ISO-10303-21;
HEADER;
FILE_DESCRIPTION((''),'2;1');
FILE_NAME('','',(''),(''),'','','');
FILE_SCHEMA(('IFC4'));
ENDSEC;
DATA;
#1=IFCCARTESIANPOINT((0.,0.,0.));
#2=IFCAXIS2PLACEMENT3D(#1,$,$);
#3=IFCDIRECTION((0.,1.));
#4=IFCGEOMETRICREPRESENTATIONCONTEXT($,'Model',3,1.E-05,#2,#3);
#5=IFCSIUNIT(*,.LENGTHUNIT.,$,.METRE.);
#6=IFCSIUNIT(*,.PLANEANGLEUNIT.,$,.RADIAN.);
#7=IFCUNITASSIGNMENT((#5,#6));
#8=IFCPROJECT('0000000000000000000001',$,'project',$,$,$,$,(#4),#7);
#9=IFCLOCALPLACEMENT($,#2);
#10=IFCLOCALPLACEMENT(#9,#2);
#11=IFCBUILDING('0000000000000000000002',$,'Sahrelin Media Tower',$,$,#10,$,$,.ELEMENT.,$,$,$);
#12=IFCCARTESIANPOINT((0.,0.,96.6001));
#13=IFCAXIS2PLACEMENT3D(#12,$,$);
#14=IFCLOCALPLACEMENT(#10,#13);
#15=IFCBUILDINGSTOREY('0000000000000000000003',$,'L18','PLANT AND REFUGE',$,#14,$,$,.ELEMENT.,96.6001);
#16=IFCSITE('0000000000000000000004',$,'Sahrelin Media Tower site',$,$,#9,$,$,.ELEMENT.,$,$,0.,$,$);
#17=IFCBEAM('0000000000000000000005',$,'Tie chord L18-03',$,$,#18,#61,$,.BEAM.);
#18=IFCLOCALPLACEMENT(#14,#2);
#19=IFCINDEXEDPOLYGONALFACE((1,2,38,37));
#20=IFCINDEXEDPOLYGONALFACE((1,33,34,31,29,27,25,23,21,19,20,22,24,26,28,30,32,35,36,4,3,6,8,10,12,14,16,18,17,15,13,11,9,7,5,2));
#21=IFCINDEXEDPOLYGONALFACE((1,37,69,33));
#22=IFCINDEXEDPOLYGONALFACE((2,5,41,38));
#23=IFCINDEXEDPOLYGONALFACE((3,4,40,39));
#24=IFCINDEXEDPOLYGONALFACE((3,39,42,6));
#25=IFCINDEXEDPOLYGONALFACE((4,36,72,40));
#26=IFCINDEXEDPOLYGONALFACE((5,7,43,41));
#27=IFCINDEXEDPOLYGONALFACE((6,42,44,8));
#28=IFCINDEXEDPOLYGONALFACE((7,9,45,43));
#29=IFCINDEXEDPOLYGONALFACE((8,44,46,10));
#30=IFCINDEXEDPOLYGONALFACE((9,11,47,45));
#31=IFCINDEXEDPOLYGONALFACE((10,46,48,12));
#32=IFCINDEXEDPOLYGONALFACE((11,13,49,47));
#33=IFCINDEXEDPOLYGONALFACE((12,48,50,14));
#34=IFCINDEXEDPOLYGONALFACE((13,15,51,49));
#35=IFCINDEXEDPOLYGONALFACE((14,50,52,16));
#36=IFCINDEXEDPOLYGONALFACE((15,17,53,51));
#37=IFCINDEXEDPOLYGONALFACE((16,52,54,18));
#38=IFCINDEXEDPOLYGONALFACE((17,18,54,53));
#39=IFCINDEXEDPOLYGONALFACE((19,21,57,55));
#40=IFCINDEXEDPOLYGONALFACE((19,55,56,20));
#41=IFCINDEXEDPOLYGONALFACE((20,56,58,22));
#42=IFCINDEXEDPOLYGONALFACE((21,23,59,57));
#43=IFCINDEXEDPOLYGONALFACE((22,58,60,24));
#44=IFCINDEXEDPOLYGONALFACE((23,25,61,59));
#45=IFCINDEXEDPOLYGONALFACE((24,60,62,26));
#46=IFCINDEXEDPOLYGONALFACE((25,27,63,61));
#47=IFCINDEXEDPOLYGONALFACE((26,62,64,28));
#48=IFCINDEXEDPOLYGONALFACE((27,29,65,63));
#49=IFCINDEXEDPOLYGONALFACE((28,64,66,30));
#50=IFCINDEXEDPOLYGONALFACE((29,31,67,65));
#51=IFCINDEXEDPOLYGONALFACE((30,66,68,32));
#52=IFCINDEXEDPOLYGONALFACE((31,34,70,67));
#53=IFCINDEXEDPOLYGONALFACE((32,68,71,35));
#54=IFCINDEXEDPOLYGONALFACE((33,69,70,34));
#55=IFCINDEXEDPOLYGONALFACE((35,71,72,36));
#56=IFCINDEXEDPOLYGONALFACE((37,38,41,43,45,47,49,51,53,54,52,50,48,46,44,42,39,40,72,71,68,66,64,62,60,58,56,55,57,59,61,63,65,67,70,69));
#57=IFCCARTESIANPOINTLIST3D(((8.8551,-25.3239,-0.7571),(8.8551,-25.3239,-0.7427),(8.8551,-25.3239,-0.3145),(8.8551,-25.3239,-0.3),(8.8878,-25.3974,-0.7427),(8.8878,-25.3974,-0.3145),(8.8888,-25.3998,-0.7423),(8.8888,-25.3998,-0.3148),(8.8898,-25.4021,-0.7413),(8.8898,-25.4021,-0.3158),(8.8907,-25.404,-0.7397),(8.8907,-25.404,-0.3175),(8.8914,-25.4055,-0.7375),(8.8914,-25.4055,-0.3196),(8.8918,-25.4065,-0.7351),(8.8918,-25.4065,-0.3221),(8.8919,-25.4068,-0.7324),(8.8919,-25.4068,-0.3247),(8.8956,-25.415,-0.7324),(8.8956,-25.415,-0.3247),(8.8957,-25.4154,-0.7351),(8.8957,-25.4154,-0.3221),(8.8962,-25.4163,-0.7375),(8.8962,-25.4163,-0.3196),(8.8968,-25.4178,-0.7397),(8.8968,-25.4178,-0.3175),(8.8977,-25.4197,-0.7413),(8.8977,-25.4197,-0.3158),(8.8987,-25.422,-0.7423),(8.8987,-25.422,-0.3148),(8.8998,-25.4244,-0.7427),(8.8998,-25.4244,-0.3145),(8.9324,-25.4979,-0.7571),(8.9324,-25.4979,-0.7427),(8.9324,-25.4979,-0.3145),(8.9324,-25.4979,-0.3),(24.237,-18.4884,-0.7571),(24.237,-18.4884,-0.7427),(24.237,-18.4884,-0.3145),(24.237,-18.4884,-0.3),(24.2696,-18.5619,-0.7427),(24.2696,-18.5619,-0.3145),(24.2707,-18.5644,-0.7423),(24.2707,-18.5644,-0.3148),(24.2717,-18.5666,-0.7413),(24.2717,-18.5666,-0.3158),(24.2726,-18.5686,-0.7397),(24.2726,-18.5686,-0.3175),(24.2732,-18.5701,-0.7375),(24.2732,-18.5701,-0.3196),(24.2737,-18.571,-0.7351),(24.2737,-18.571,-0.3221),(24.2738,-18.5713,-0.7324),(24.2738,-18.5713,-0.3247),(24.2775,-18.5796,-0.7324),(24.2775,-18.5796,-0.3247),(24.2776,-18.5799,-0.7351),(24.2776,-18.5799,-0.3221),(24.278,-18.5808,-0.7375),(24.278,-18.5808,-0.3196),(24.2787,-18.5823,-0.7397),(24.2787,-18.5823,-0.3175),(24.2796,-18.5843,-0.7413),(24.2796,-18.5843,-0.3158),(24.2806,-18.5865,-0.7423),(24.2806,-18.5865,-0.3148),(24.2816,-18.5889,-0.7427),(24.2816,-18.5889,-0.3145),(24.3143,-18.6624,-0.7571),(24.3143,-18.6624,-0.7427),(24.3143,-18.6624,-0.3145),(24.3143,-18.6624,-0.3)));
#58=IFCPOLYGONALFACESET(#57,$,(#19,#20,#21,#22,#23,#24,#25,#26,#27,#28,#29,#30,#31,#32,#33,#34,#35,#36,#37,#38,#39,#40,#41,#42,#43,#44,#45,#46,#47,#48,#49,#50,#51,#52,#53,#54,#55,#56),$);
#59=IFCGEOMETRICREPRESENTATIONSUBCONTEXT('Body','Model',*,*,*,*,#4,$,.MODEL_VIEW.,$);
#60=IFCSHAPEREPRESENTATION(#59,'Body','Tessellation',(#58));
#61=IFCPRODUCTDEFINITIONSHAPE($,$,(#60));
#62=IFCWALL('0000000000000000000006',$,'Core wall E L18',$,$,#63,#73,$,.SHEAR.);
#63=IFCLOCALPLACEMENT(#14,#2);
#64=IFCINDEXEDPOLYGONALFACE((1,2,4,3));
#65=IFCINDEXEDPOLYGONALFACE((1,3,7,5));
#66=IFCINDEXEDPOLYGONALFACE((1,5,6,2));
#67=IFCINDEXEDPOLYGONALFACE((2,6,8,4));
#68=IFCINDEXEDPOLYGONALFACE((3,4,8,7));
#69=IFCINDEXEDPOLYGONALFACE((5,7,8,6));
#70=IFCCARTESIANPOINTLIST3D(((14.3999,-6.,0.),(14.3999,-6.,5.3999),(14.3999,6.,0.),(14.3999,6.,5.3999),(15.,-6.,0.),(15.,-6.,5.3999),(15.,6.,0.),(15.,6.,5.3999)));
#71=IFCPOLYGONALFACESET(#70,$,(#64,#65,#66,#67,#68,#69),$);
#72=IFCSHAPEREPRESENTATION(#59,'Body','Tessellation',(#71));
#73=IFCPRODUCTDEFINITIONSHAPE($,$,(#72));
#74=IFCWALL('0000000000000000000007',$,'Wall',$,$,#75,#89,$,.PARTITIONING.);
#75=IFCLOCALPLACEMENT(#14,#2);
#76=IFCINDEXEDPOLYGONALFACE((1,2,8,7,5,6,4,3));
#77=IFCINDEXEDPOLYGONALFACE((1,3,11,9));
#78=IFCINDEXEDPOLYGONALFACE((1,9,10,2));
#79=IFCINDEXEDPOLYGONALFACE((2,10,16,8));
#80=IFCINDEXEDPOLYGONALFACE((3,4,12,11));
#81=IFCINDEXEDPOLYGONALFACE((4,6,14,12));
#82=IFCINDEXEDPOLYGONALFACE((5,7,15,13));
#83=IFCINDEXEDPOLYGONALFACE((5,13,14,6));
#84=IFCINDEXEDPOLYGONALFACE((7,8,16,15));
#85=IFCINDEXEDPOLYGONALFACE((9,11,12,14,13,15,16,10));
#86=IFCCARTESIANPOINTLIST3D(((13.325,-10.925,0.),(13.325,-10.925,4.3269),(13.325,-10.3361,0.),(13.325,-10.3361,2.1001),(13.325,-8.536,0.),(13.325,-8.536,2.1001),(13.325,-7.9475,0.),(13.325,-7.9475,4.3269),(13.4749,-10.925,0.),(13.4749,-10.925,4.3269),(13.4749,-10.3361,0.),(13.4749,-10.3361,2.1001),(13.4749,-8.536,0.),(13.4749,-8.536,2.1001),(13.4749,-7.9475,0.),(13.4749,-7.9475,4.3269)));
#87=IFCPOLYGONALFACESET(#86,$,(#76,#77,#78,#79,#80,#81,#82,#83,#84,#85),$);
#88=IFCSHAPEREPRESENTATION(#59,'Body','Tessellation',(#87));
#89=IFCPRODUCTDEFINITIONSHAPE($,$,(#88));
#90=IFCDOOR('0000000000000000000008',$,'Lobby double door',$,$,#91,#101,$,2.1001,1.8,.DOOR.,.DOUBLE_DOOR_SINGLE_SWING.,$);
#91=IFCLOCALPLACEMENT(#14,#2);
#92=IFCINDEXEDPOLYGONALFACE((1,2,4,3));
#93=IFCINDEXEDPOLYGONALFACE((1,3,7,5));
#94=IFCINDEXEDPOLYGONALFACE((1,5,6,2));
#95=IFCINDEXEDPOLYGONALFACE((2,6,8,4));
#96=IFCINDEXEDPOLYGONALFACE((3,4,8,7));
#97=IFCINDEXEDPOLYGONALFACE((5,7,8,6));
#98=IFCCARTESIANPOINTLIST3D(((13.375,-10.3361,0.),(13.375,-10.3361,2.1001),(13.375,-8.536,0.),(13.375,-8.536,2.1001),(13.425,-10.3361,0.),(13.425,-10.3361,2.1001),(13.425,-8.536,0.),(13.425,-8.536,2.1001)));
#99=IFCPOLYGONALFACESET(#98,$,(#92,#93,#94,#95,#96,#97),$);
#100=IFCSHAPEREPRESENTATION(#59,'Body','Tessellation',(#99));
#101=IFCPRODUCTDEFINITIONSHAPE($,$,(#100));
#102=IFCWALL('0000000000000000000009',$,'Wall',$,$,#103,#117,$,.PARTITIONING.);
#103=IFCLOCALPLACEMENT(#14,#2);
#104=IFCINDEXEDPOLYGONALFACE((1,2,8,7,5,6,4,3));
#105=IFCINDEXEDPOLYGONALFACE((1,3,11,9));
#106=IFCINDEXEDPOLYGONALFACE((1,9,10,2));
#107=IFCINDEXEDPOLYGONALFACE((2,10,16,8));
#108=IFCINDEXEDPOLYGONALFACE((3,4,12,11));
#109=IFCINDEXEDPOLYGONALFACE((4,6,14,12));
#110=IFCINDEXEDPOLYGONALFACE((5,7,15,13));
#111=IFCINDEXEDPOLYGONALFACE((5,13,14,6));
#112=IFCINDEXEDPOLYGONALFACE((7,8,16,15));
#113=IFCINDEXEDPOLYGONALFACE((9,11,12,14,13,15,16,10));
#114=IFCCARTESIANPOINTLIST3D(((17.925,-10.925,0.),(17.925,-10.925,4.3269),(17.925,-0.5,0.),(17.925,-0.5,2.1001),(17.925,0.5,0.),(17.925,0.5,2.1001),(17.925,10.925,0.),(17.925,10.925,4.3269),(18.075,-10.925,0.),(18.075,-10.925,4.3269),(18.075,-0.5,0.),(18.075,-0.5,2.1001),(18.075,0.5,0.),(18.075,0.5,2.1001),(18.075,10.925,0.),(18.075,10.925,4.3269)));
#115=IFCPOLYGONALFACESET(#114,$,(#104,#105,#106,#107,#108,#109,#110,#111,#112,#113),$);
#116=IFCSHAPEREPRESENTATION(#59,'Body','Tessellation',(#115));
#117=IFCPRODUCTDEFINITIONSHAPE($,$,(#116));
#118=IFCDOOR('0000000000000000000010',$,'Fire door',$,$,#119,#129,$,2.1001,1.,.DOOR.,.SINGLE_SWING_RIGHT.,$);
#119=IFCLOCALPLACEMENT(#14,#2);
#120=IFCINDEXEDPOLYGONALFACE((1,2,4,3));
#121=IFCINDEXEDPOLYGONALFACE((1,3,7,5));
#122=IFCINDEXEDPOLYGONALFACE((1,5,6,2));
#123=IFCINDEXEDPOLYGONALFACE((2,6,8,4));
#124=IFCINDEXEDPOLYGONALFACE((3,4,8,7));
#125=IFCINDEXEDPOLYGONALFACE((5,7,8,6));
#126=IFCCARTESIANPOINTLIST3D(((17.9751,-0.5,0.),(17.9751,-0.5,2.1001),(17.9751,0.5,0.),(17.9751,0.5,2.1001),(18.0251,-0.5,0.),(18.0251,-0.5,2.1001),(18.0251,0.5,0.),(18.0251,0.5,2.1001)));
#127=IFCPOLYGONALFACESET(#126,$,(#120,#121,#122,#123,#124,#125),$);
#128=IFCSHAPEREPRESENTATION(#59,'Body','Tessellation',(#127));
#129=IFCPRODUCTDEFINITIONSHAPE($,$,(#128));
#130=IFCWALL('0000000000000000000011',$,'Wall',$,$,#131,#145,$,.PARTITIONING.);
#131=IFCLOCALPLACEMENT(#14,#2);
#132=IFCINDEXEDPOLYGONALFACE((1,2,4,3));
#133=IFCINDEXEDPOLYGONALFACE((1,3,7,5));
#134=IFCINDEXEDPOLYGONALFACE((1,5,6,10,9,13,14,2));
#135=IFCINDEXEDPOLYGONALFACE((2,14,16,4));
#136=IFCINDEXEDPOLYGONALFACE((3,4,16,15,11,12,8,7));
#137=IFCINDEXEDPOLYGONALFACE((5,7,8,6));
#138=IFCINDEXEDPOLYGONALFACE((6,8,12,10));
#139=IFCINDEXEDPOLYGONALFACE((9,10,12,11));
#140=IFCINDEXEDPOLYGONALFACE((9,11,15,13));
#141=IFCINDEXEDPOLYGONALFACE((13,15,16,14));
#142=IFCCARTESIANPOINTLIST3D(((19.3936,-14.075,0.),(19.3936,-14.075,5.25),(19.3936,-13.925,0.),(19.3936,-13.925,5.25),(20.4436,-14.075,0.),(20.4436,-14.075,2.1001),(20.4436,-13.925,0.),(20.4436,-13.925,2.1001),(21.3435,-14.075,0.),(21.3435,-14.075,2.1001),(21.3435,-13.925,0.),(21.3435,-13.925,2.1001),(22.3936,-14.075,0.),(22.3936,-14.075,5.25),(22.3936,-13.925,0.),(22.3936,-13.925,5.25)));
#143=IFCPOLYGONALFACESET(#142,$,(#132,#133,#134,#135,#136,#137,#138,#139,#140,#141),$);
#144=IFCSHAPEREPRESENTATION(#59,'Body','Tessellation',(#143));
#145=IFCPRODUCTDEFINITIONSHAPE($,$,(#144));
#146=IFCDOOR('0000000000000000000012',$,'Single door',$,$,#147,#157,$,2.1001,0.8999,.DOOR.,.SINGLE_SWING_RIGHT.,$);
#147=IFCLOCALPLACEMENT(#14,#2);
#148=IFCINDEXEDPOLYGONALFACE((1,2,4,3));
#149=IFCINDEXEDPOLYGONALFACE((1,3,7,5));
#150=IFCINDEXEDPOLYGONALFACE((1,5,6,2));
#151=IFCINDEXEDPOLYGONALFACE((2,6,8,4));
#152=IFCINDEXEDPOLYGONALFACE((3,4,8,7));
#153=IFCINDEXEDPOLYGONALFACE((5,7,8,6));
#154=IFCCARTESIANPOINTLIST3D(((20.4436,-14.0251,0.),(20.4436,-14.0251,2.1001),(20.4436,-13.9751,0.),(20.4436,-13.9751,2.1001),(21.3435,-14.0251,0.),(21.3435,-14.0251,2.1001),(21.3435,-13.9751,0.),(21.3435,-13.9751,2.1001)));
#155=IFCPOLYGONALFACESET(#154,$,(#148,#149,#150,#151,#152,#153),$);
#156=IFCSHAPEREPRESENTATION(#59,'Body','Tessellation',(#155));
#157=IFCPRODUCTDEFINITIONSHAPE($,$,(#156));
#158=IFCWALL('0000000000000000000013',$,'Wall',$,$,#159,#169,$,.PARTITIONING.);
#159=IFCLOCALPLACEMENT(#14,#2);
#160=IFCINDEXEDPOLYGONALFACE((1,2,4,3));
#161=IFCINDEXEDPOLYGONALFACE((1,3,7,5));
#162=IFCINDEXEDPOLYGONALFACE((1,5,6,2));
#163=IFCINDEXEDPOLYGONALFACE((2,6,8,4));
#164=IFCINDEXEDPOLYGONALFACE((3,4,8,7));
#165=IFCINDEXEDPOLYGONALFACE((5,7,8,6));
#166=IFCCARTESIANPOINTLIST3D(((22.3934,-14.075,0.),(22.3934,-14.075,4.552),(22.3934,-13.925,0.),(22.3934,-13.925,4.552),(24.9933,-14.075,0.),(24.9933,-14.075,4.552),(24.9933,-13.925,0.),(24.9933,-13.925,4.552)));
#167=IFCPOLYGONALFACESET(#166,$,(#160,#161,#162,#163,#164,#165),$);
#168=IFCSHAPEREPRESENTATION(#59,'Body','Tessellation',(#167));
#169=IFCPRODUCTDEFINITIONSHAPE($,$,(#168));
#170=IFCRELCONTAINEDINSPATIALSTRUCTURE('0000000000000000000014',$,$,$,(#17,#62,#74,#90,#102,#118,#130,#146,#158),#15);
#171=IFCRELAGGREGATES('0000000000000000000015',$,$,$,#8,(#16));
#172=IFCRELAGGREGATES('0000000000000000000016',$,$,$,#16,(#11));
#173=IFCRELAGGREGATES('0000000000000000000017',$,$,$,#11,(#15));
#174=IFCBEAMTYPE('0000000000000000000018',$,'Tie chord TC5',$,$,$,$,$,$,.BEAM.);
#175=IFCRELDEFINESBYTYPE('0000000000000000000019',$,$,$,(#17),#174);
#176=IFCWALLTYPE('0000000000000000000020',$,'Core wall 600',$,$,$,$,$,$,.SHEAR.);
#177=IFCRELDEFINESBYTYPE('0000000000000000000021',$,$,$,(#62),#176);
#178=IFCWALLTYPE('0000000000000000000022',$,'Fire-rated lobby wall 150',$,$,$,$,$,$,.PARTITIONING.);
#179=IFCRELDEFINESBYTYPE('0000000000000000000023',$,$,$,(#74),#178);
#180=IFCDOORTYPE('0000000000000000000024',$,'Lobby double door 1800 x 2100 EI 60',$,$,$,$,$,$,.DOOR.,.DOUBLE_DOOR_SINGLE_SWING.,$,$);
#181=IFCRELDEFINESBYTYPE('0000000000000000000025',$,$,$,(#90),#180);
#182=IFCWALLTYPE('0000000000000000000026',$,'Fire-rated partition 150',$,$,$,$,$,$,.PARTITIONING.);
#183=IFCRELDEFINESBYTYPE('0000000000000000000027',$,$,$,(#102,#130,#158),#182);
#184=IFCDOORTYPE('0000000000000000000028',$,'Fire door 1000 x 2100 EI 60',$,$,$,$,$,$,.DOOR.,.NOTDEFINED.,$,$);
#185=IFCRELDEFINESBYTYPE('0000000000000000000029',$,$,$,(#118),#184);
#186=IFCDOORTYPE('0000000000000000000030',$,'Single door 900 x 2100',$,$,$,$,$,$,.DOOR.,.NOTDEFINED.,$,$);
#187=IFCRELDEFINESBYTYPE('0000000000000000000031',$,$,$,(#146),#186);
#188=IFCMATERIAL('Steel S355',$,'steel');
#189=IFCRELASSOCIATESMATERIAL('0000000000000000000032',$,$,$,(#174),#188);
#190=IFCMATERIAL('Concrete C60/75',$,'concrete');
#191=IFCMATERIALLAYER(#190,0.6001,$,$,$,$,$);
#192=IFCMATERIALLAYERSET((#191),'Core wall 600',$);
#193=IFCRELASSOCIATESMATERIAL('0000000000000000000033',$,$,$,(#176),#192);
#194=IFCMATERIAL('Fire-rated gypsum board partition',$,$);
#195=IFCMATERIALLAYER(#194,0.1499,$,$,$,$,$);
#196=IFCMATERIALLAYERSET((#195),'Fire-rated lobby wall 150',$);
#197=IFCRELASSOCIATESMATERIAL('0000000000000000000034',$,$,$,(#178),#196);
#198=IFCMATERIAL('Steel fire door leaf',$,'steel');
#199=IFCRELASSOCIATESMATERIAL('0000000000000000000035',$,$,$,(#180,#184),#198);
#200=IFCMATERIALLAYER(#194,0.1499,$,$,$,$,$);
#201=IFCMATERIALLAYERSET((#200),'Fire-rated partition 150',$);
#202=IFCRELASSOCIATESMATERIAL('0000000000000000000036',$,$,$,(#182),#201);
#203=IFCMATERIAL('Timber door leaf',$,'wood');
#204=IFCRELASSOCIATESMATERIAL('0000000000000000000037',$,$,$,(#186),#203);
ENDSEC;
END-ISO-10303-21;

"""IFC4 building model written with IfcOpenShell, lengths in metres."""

from ifc_helpers import new_model, si_unit, direction, frame, frame_2d, origin, origin_2d, place, context, subcontext, project, spatial, rectangle, i_section, extrude, material, layer, layer_set, material_profile, profile_set, type_object, element, fill, save


model = new_model("IFC4")

# Units and contexts
model_context = context("Model", 3, precision=1e-05, world=origin(), true_north=direction((0.0, 1.0)))
body_context = subcontext(model_context, "Body", "Model", "MODEL_VIEW")
ifc_project = project(units=[si_unit("LENGTHUNIT", "METRE"), si_unit("PLANEANGLEUNIT", "RADIAN")], contexts=[model_context])

# Site, building, storey
site_placement = place(None, origin())
site = spatial("IfcSite", under=ifc_project, at=site_placement, Name="Sahrelin Media Tower site", CompositionType="ELEMENT", RefElevation=0.0)
building_placement = place(site_placement, origin())
building = spatial("IfcBuilding", under=site, at=building_placement, Name="Sahrelin Media Tower", CompositionType="ELEMENT")
storey_placement = place(building_placement, frame((0.0, 0.0, 96.6001)))
storey = spatial("IfcBuildingStorey", under=building, at=storey_placement, Name="L18", Description="PLANT AND REFUGE", CompositionType="ELEMENT", Elevation=96.6001)

# Beam
ifc_material_1 = material(Name="Steel S355", Category="steel")
ifc_material_profile_1 = material_profile(ifc_material_1, i_section(OverallWidth=0.1904, OverallDepth=0.457, WebThickness=0.009, FlangeThickness=0.0144, FilletRadius=0.0103, at=origin_2d()), Name="UB 457x191x74")
ifc_profile_set_1 = profile_set([ifc_material_profile_1], Name="Steel S355")
beam_type_1 = type_object("IfcBeamType", Name="Tie chord TC5", PredefinedType="BEAM", material=ifc_profile_set_1)
beam_1_placement = place(storey_placement, frame((24.2756, -18.5754, -0.5286), z_axis=(-0.913832, -0.406093, 0.0), x_axis=(0.406093, -0.913832, 0.0)))
element("IfcBeam", 1, at=beam_1_placement, inside=storey, type_object=beam_type_1, Name="Tie chord L18-03", PredefinedType="BEAM", context=body_context, shape_type="SweptSolid", body=[
    extrude(i_section(OverallWidth=0.1904, OverallDepth=0.457, WebThickness=0.009, FlangeThickness=0.0144, FilletRadius=0.0103, at=origin_2d()), origin(), (0.0, 0.0, 1.0), 16.8323),
])

# Wall
ifc_material_2 = material(Name="Concrete C60/75", Category="concrete")
ifc_layer_1 = layer(ifc_material_2, 0.6001)
ifc_layer_set_1 = layer_set([ifc_layer_1], Name="Core wall 600")
wall_type_1 = type_object("IfcWallType", Name="Core wall 600", PredefinedType="SHEAR", material=ifc_layer_set_1)
wall_1_placement = place(storey_placement, frame((14.7, -6.0, 0.0), z_axis=(0.0, 0.0, 1.0), x_axis=(0.0, 1.0, 0.0)))
element("IfcWall", 2, at=wall_1_placement, inside=storey, type_object=wall_type_1, Name="Core wall E L18", PredefinedType="SHEAR", context=body_context, shape_type="SweptSolid", body=[
    extrude(rectangle(XDim=12.0, YDim=0.6001, at=frame_2d((6.0, 0.0))), origin(), (0.0, 0.0, 1.0), 5.3999),
])

# Walls, openings, doors
ifc_material_3 = material(Name="Fire-rated gypsum board partition")
ifc_layer_2 = layer(ifc_material_3, 0.1499)
ifc_layer_set_2 = layer_set([ifc_layer_2], Name="Fire-rated lobby wall 150")
wall_type_2 = type_object("IfcWallType", Name="Fire-rated lobby wall 150", PredefinedType="PARTITIONING", material=ifc_layer_set_2)
wall_2_placement = place(storey_placement, frame((13.3999, -10.925, 0.0), z_axis=(0.0, 0.0, 1.0), x_axis=(0.0, 1.0, 0.0)))
wall_2 = element("IfcWall", 3, at=wall_2_placement, inside=storey, type_object=wall_type_2, Name="Wall", PredefinedType="PARTITIONING", context=body_context, shape_type="SweptSolid", body=[
    extrude(rectangle(XDim=2.9775, YDim=0.1499, at=frame_2d((1.4888, 0.0))), origin(), (0.0, 0.0, 1.0), 4.3269),
])
opening_1_placement = place(wall_2_placement, frame((0.5891, 0.0, 0.0)))
opening_1 = element("IfcOpeningElement", 4, at=opening_1_placement, cuts=wall_2, PredefinedType="OPENING", context=body_context, shape_type="SweptSolid", body=[
    extrude(rectangle(XDim=1.8, YDim=2.1001, at=frame_2d((0.8999, 1.05))), frame((0.0, 0.075, 0.0), z_axis=(0.0, -1.0, 0.0), x_axis=(1.0, 0.0, 0.0)), (0.0, 0.0, 1.0), 0.1499),
])
ifc_material_4 = material(Name="Steel fire door leaf", Category="steel")
door_type_1 = type_object("IfcDoorType", Name="Lobby double door 1800 x 2100 EI 60", OperationType="DOUBLE_DOOR_SINGLE_SWING", PredefinedType="DOOR", material=ifc_material_4)
door_1_placement = place(opening_1_placement, origin())
door_1 = element("IfcDoor", 5, at=door_1_placement, inside=storey, type_object=door_type_1, Name="Lobby double door", OperationType="DOUBLE_DOOR_SINGLE_SWING", OverallHeight=2.1001, OverallWidth=1.8, PredefinedType="DOOR", context=body_context, shape_type="SweptSolid", body=[
    extrude(rectangle(XDim=1.8, YDim=2.1001, at=frame_2d((0.8999, 1.05))), frame((0.0, 0.0249, 0.0), z_axis=(0.0, -1.0, 0.0), x_axis=(1.0, 0.0, 0.0)), (0.0, 0.0, 1.0), 0.05),
])
fill(opening_1, door_1)
ifc_layer_3 = layer(ifc_material_3, 0.1499)
ifc_layer_set_3 = layer_set([ifc_layer_3], Name="Fire-rated partition 150")
wall_type_3 = type_object("IfcWallType", Name="Fire-rated partition 150", PredefinedType="PARTITIONING", material=ifc_layer_set_3)
wall_3_placement = place(storey_placement, frame((18.0, -10.925, 0.0), z_axis=(0.0, 0.0, 1.0), x_axis=(0.0, 1.0, 0.0)))
wall_3 = element("IfcWall", 6, at=wall_3_placement, inside=storey, type_object=wall_type_3, Name="Wall", PredefinedType="PARTITIONING", context=body_context, shape_type="SweptSolid", body=[
    extrude(rectangle(XDim=21.8501, YDim=0.1499, at=frame_2d((10.925, 0.0))), origin(), (0.0, 0.0, 1.0), 4.3269),
])
opening_2_placement = place(wall_3_placement, frame((10.425, 0.0, 0.0)))
opening_2 = element("IfcOpeningElement", 7, at=opening_2_placement, cuts=wall_3, PredefinedType="OPENING", context=body_context, shape_type="SweptSolid", body=[
    extrude(rectangle(XDim=1.0, YDim=2.1001, at=frame_2d((0.5, 1.05))), frame((0.0, 0.075, 0.0), z_axis=(0.0, -1.0, 0.0), x_axis=(1.0, 0.0, 0.0)), (0.0, 0.0, 1.0), 0.1499),
])
door_type_2 = type_object("IfcDoorType", Name="Fire door 1000 x 2100 EI 60", OperationType="NOTDEFINED", PredefinedType="DOOR", material=ifc_material_4)
door_2_placement = place(opening_2_placement, origin())
door_2 = element("IfcDoor", 8, at=door_2_placement, inside=storey, type_object=door_type_2, Name="Fire door", OperationType="SINGLE_SWING_RIGHT", OverallHeight=2.1001, OverallWidth=1.0, PredefinedType="DOOR", context=body_context, shape_type="SweptSolid", body=[
    extrude(rectangle(XDim=1.0, YDim=2.1001, at=frame_2d((0.5, 1.05))), frame((0.0, 0.0249, 0.0), z_axis=(0.0, -1.0, 0.0), x_axis=(1.0, 0.0, 0.0)), (0.0, 0.0, 1.0), 0.05),
])
fill(opening_2, door_2)
wall_4_placement = place(storey_placement, frame((19.3936, -14.0, 0.0), z_axis=(0.0, 0.0, 1.0), x_axis=(1.0, 0.0, 0.0)))
wall_4 = element("IfcWall", 9, at=wall_4_placement, inside=storey, type_object=wall_type_3, Name="Wall", PredefinedType="PARTITIONING", context=body_context, shape_type="SweptSolid", body=[
    extrude(rectangle(XDim=3.0, YDim=0.1499, at=frame_2d((1.5, 0.0))), origin(), (0.0, 0.0, 1.0), 5.25),
])
opening_3_placement = place(wall_4_placement, frame((1.05, 0.0, 0.0)))
opening_3 = element("IfcOpeningElement", 10, at=opening_3_placement, cuts=wall_4, PredefinedType="OPENING", context=body_context, shape_type="SweptSolid", body=[
    extrude(rectangle(XDim=0.8999, YDim=2.1001, at=frame_2d((0.45, 1.05))), frame((0.0, 0.075, 0.0), z_axis=(0.0, -1.0, 0.0), x_axis=(1.0, 0.0, 0.0)), (0.0, 0.0, 1.0), 0.1499),
])
ifc_material_5 = material(Name="Timber door leaf", Category="wood")
door_type_3 = type_object("IfcDoorType", Name="Single door 900 x 2100", OperationType="NOTDEFINED", PredefinedType="DOOR", material=ifc_material_5)
door_3_placement = place(opening_3_placement, origin())
door_3 = element("IfcDoor", 11, at=door_3_placement, inside=storey, type_object=door_type_3, Name="Single door", OperationType="SINGLE_SWING_RIGHT", OverallHeight=2.1001, OverallWidth=0.8999, PredefinedType="DOOR", context=body_context, shape_type="SweptSolid", body=[
    extrude(rectangle(XDim=0.8999, YDim=2.1001, at=frame_2d((0.45, 1.05))), frame((0.0, 0.0249, 0.0), z_axis=(0.0, -1.0, 0.0), x_axis=(1.0, 0.0, 0.0)), (0.0, 0.0, 1.0), 0.05),
])
fill(opening_3, door_3)

# Wall
wall_5_placement = place(storey_placement, frame((22.3936, -14.0, 0.0), z_axis=(0.0, 0.0, 1.0), x_axis=(1.0, 0.0, 0.0)))
element("IfcWall", 12, at=wall_5_placement, inside=storey, type_object=wall_type_3, Name="Wall", PredefinedType="PARTITIONING", context=body_context, shape_type="SweptSolid", body=[
    extrude(rectangle(XDim=2.5999, YDim=0.1499, at=frame_2d((1.2998, 0.0))), origin(), (0.0, 0.0, 1.0), 4.552),
])

save(model, "model.ifc")
